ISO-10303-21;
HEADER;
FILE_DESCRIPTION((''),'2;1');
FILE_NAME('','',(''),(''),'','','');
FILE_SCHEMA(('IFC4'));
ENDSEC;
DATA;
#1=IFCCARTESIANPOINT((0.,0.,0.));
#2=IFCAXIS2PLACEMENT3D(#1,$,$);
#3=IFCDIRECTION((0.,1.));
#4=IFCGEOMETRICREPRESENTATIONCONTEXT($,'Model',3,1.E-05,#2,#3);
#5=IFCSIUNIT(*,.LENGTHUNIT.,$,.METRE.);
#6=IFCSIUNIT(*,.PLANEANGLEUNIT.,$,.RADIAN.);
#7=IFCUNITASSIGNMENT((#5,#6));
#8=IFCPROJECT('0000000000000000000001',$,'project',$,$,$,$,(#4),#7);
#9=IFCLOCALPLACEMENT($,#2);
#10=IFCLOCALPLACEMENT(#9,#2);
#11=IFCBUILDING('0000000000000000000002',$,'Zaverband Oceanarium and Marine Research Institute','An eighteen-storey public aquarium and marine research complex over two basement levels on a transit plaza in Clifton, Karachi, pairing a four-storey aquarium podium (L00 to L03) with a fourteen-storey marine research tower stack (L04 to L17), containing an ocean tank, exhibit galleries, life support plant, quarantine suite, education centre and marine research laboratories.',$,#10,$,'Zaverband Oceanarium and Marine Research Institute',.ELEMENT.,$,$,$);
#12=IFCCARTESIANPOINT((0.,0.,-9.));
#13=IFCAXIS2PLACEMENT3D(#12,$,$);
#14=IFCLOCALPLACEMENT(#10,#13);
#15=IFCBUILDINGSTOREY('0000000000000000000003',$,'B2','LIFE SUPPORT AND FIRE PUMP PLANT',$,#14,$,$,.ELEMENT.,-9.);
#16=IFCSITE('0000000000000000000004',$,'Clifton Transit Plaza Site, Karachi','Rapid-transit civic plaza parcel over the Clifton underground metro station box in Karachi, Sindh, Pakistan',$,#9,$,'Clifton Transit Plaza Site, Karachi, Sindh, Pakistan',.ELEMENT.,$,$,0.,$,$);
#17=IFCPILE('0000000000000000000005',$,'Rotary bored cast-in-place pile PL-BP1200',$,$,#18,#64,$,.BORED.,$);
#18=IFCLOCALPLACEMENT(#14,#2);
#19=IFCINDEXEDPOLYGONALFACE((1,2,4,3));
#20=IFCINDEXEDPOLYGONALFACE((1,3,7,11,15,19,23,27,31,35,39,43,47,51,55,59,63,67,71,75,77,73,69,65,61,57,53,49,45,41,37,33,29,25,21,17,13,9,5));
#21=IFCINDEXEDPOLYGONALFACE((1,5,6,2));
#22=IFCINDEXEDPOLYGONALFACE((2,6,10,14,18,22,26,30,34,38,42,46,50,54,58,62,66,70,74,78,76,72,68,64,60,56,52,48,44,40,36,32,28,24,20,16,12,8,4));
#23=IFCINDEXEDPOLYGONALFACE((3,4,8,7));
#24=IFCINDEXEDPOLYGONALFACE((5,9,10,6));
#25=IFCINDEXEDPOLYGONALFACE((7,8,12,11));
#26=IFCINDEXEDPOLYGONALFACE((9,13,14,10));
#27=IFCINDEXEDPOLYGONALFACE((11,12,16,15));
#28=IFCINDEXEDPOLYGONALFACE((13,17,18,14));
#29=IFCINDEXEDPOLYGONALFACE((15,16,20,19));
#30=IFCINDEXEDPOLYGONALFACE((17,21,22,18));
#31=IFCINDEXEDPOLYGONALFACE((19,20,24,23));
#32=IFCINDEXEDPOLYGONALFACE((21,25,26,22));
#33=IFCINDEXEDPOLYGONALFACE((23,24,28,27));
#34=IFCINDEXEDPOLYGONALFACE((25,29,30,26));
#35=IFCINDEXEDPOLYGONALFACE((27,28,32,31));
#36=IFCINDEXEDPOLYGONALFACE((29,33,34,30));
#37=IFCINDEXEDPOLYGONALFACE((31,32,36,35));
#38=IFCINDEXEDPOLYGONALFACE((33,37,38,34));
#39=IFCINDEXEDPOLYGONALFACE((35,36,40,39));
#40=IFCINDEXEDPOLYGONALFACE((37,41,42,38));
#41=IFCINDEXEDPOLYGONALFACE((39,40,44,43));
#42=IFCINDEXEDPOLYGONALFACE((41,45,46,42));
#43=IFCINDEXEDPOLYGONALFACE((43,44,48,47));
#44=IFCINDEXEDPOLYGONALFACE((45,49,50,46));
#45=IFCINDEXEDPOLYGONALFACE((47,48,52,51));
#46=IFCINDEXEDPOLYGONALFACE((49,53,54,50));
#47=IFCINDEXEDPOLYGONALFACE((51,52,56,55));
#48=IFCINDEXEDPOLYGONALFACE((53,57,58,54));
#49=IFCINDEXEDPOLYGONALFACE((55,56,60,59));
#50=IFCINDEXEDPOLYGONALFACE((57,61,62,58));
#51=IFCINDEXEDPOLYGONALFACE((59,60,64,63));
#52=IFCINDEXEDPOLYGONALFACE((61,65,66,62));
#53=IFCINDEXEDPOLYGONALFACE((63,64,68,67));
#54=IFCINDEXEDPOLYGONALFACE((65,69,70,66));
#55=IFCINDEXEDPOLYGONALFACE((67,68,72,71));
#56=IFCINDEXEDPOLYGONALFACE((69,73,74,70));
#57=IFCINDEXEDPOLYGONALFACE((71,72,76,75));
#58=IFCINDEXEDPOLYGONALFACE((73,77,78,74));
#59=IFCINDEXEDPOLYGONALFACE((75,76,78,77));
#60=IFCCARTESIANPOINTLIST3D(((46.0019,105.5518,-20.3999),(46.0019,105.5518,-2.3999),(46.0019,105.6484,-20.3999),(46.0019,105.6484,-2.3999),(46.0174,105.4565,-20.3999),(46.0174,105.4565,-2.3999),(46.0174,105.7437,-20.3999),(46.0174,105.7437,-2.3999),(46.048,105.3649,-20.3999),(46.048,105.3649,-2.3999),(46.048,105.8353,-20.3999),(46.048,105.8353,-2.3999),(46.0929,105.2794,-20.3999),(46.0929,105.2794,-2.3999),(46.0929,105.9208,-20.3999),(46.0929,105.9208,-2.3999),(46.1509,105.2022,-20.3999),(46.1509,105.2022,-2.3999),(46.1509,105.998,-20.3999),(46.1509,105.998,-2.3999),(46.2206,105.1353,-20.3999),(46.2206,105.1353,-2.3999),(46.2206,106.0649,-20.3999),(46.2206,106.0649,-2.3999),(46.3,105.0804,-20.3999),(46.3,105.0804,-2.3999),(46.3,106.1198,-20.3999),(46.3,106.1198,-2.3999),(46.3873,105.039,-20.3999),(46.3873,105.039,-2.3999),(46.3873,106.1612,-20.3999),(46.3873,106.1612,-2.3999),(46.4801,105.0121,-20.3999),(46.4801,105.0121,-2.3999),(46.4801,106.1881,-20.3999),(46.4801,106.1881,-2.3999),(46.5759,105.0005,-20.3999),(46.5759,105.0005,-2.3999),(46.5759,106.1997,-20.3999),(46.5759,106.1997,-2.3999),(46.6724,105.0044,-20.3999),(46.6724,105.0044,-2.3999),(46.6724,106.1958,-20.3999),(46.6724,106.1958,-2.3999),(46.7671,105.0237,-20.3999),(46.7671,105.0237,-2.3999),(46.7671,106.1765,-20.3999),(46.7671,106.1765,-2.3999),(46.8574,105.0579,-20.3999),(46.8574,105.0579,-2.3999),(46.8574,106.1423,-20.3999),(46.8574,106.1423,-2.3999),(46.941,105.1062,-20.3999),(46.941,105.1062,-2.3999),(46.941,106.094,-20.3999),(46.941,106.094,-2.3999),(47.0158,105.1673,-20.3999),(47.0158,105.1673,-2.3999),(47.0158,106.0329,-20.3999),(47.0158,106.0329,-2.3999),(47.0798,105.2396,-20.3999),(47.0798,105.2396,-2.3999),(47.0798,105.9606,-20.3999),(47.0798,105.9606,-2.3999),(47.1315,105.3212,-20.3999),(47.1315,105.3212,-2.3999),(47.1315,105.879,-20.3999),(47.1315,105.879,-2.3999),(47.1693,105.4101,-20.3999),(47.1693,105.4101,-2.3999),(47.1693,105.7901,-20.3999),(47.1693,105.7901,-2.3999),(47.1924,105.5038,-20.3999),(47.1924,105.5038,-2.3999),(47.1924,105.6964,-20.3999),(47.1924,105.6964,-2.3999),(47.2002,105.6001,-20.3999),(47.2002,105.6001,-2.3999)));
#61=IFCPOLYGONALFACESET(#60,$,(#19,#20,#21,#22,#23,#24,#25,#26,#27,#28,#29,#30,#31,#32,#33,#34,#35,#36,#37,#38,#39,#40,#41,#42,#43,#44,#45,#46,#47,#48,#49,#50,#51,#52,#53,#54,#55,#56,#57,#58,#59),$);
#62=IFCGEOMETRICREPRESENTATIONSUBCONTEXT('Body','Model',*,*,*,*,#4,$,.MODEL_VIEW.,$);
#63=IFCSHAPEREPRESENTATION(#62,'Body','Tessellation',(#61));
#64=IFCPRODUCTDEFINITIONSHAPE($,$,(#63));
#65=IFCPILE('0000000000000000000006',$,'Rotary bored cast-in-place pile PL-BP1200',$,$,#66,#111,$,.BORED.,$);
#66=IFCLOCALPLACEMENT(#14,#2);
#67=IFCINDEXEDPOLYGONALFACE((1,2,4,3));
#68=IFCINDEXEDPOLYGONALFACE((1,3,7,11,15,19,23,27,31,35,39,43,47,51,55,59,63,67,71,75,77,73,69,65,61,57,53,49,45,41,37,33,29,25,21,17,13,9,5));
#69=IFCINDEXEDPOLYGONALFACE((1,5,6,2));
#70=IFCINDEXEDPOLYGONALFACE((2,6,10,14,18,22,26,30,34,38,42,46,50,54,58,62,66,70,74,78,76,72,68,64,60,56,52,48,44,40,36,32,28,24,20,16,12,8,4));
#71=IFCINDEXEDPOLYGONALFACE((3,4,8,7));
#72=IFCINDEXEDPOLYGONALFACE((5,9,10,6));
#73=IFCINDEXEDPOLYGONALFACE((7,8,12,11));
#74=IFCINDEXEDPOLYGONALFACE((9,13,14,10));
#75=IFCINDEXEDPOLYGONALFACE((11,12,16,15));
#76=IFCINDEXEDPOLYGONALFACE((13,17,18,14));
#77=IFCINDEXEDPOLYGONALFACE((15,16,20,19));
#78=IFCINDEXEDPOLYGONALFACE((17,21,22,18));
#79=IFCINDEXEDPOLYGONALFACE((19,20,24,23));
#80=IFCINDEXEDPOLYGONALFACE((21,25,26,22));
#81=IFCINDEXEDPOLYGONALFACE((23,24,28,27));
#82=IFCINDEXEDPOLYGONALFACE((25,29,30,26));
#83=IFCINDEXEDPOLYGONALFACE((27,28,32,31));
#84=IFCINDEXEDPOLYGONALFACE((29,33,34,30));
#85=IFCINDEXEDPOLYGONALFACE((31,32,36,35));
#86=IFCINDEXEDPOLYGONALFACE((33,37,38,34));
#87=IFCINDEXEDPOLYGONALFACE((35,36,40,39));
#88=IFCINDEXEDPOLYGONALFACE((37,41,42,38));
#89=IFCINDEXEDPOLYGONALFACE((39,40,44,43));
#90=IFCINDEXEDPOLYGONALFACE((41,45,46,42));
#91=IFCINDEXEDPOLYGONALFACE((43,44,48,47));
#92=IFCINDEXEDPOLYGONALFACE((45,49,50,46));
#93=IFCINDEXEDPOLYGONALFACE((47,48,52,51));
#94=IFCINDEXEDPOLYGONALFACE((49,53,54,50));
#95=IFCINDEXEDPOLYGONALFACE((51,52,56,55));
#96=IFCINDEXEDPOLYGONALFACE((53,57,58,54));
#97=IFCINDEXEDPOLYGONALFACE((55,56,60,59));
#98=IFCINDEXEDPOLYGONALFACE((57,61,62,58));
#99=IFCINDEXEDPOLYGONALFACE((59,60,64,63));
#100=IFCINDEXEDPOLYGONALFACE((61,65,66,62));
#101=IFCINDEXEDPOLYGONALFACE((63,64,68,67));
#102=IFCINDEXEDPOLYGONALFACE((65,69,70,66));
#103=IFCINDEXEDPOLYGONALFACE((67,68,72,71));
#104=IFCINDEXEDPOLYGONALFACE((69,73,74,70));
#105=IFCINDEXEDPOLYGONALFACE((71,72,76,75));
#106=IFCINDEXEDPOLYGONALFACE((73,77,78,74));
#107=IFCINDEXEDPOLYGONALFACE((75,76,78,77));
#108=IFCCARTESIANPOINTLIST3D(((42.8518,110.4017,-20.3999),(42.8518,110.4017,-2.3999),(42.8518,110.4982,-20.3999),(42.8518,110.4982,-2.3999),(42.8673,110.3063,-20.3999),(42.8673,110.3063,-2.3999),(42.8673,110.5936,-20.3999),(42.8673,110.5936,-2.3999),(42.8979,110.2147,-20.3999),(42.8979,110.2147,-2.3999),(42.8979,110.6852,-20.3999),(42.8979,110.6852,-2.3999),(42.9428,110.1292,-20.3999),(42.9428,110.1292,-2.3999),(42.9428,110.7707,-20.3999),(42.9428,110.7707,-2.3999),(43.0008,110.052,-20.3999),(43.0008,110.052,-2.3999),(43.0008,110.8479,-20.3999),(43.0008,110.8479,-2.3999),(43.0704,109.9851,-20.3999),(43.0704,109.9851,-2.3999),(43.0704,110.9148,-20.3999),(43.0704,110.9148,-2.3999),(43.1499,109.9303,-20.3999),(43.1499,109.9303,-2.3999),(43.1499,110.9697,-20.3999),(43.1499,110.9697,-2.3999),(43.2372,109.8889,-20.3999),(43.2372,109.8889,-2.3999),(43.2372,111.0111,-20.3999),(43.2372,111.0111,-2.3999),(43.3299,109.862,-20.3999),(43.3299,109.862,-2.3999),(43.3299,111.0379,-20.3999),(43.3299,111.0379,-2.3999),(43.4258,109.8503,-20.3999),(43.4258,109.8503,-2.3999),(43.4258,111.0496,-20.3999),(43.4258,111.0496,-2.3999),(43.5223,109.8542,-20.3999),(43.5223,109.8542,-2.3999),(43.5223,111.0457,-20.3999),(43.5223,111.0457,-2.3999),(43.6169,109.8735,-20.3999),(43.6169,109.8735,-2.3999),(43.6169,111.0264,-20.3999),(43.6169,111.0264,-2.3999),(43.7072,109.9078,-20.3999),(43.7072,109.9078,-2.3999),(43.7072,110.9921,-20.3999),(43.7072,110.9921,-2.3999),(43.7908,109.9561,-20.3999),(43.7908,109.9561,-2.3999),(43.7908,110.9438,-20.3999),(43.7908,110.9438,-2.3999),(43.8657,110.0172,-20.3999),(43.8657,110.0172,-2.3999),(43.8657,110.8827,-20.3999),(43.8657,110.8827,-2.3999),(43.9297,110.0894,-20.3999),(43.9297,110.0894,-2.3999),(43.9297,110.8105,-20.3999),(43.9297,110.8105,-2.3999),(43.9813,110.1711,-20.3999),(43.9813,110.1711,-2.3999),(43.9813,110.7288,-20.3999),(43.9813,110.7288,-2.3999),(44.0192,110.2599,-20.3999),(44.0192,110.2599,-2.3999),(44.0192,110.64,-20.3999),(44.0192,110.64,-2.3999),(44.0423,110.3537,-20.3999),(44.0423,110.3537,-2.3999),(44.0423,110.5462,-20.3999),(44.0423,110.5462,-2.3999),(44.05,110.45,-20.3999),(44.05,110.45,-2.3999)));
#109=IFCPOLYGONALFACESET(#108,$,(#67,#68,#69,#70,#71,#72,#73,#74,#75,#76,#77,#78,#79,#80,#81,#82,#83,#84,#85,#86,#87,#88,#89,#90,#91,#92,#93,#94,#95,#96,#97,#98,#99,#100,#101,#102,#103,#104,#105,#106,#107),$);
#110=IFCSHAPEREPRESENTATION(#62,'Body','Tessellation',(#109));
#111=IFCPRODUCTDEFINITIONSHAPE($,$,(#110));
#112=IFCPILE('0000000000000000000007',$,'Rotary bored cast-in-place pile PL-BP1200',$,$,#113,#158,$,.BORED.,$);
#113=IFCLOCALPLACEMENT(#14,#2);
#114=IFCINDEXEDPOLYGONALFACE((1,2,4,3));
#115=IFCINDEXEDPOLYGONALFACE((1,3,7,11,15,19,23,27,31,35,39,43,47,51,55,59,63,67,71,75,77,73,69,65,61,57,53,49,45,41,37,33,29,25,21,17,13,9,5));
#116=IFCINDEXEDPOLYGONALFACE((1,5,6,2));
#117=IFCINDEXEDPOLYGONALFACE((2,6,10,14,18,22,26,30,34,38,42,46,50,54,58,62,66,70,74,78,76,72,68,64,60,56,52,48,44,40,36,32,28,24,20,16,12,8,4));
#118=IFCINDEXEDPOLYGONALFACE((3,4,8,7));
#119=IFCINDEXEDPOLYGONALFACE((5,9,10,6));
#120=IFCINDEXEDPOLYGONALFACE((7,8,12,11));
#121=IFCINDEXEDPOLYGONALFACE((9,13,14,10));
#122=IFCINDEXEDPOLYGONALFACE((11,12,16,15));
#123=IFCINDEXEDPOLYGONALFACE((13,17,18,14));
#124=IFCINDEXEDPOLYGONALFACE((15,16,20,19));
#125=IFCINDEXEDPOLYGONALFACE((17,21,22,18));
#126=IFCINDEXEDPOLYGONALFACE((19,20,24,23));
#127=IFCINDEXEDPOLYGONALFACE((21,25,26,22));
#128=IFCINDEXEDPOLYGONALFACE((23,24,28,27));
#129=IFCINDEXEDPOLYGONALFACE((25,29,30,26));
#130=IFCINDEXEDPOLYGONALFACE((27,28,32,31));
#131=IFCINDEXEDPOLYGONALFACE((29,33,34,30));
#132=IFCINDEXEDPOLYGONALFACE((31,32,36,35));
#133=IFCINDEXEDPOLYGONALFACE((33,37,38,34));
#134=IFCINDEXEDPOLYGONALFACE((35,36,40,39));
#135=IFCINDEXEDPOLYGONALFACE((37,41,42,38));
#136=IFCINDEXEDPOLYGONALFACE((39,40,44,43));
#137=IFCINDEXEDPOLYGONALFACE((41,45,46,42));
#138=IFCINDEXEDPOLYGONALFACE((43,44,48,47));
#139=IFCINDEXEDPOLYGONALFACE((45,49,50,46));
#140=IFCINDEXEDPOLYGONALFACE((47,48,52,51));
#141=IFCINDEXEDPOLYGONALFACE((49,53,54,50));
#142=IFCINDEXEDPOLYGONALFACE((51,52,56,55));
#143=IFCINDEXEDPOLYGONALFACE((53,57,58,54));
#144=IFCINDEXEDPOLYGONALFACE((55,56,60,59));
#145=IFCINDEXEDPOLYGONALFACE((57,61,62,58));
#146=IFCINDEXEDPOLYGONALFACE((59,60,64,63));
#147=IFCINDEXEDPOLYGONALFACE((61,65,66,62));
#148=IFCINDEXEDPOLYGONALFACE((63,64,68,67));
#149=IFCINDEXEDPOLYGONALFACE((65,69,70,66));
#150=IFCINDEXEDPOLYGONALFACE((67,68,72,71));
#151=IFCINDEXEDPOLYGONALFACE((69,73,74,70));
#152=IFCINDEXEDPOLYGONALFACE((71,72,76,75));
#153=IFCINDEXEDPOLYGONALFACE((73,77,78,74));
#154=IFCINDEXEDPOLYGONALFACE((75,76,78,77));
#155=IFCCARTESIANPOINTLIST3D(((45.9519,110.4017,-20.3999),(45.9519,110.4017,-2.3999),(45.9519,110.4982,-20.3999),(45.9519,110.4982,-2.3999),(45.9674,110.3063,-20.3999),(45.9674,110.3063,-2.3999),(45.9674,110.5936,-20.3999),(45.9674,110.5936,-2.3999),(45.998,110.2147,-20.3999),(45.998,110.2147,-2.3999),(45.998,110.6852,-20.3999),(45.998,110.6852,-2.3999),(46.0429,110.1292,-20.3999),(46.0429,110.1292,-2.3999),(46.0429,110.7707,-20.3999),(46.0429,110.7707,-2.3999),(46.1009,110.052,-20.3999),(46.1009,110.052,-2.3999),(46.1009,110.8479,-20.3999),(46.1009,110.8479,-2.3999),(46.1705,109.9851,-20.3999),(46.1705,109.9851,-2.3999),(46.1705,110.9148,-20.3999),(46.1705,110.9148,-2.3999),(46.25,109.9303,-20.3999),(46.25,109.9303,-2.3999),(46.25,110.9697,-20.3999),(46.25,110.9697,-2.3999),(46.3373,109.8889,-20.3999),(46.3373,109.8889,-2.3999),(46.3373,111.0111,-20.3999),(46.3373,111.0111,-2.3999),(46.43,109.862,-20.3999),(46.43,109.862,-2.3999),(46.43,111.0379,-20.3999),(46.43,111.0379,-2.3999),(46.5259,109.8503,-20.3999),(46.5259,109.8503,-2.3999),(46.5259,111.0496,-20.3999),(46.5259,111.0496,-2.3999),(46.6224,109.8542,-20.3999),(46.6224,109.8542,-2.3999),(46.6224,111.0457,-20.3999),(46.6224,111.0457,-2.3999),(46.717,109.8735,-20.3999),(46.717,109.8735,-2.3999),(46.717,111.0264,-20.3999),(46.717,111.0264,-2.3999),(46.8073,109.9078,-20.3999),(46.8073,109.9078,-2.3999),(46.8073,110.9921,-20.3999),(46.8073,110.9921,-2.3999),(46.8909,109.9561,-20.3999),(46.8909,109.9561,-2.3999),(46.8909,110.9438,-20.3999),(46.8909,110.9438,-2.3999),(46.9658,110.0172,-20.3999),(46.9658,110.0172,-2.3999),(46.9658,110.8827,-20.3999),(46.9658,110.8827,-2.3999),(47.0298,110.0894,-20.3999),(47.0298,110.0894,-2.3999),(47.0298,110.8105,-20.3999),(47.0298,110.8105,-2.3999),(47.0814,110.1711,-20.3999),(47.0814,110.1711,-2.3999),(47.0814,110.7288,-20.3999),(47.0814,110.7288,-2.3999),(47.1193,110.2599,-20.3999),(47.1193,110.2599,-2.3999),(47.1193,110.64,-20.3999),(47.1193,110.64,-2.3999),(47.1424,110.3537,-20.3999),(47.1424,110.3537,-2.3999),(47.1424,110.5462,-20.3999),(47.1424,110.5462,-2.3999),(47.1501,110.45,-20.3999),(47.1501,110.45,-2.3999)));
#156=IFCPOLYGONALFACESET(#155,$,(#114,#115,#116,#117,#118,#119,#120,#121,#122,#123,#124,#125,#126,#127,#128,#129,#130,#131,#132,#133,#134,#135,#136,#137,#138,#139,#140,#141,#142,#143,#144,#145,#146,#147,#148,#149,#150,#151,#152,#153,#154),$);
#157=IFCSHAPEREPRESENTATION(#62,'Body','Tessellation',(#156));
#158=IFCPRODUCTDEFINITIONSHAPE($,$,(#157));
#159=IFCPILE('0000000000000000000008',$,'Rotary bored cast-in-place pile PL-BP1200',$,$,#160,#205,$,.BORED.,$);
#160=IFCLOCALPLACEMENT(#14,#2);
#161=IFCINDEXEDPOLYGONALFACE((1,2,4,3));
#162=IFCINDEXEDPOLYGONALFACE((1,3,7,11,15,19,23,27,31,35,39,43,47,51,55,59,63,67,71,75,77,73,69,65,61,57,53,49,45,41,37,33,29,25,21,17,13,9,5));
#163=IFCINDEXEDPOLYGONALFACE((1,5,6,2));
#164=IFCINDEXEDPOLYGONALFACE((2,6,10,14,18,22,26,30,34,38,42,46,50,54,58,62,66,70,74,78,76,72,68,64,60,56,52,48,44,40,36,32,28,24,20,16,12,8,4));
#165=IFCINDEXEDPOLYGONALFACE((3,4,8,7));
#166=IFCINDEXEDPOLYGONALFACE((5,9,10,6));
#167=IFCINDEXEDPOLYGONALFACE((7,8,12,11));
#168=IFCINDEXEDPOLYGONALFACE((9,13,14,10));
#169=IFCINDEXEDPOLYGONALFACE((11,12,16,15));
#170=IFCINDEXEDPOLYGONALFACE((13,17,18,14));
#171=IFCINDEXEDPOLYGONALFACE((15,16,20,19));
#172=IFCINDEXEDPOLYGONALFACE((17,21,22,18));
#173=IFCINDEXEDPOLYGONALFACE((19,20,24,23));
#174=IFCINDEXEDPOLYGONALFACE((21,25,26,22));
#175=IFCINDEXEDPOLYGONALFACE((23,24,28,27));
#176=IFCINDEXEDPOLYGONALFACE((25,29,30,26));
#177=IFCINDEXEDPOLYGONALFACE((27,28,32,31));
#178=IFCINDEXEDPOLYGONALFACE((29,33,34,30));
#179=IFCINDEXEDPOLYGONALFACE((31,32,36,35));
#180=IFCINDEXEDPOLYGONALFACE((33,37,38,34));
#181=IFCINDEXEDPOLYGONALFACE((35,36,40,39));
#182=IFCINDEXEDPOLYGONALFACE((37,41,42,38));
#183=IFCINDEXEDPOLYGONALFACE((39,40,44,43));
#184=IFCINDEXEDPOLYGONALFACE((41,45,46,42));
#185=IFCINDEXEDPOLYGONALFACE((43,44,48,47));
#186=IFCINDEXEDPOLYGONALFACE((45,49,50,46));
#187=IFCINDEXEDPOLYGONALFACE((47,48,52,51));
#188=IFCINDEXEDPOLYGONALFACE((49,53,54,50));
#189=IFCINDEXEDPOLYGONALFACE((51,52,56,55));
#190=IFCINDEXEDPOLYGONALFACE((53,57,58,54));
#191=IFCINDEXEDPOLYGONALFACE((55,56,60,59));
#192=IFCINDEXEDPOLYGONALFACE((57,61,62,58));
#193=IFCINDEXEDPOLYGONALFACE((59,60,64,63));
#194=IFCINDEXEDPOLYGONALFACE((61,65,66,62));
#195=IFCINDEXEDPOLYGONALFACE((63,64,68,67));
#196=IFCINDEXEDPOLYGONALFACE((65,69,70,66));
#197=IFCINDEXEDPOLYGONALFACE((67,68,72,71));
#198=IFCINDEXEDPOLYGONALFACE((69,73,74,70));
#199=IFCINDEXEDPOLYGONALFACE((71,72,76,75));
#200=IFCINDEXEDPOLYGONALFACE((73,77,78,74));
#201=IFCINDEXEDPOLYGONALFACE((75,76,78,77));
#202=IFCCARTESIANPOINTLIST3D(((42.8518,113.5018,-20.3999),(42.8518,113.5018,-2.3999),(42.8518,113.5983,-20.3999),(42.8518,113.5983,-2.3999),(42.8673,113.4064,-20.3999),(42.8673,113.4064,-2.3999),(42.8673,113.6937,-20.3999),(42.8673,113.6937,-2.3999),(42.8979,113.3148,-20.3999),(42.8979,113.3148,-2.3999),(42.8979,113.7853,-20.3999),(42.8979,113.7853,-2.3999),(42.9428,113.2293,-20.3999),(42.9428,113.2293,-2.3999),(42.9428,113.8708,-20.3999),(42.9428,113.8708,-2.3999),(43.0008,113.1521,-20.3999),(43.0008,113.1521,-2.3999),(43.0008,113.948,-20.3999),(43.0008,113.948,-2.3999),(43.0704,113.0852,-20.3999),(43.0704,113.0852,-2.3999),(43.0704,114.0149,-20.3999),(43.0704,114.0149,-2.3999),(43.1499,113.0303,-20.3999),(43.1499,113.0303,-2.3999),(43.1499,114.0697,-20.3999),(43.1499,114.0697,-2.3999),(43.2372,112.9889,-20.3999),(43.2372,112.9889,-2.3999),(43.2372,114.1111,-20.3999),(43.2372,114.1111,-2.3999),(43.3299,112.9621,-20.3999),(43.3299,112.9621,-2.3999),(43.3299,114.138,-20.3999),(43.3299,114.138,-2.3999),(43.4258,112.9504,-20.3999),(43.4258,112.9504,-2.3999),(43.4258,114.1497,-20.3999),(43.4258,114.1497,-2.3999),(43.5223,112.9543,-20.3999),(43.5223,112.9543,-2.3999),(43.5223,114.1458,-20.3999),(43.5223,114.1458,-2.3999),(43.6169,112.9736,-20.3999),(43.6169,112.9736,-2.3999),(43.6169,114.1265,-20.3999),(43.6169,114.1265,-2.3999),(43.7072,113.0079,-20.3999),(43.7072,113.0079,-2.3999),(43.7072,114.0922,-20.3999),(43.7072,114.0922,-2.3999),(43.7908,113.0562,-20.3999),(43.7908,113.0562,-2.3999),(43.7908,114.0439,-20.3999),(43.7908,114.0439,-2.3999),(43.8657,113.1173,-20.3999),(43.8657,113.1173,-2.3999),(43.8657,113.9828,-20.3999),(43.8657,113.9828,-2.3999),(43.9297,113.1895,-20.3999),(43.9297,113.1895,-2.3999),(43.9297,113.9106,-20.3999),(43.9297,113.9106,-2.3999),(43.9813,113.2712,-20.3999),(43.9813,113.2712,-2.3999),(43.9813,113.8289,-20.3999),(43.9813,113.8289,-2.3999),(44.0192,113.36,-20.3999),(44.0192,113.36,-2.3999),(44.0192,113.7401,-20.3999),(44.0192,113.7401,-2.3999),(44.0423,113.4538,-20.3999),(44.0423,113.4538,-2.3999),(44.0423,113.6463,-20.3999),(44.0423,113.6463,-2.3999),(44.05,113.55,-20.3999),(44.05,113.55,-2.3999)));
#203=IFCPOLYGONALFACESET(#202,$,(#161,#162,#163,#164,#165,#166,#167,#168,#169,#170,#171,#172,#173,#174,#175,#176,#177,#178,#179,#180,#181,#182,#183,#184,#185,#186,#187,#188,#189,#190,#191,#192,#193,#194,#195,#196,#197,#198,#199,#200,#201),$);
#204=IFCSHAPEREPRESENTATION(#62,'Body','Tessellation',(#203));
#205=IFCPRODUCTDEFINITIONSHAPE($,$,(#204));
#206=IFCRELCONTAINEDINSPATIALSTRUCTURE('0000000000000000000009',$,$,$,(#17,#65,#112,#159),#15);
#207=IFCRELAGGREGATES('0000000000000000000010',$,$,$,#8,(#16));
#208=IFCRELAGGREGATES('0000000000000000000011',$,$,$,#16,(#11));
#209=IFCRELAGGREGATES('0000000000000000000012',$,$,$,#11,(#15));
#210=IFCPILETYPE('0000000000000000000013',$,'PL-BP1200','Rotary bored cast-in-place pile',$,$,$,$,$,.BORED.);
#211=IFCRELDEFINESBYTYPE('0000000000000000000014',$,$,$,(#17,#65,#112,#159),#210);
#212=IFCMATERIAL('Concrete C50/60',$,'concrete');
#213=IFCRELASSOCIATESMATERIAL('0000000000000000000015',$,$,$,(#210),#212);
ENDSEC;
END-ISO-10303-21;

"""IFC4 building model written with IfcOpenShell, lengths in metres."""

from ifc_helpers import new_model, si_unit, direction, frame, origin, origin_2d, place, context, subcontext, project, spatial, circle, extrude, material, material_profile, profile_set, type_object, element, save


model = new_model("IFC4")

# Units and contexts
model_context = context("Model", 3, precision=1e-05, world=origin(), true_north=direction((0.0, 1.0)))
body_context = subcontext(model_context, "Body", "Model", "MODEL_VIEW")
ifc_project = project(units=[si_unit("LENGTHUNIT", "METRE"), si_unit("PLANEANGLEUNIT", "RADIAN")], contexts=[model_context])

# Site, building, storey
site_placement = place(None, origin())
site = spatial("IfcSite", under=ifc_project, at=site_placement, Name="Clifton Transit Plaza Site, Karachi", Description="Rapid-transit civic plaza parcel over the Clifton underground metro station box in Karachi, Sindh, Pakistan", LongName="Clifton Transit Plaza Site, Karachi, Sindh, Pakistan", CompositionType="ELEMENT", RefElevation=0.0)
building_placement = place(site_placement, origin())
building = spatial("IfcBuilding", under=site, at=building_placement, Name="Zaverband Oceanarium and Marine Research Institute", Description="An eighteen-storey public aquarium and marine research complex over two basement levels on a transit plaza in Clifton, Karachi, pairing a four-storey aquarium podium (L00 to L03) with a fourteen-storey marine research tower stack (L04 to L17), containing an ocean tank, exhibit galleries, life support plant, quarantine suite, education centre and marine research laboratories.", LongName="Zaverband Oceanarium and Marine Research Institute", CompositionType="ELEMENT")
storey_placement = place(building_placement, frame((0.0, 0.0, -9.0)))
storey = spatial("IfcBuildingStorey", under=building, at=storey_placement, Name="B2", Description="LIFE SUPPORT AND FIRE PUMP PLANT", CompositionType="ELEMENT", Elevation=-9.0)

# Shared definitions
ifc_material_1 = material(Name="Concrete C50/60", Category="concrete")

# Piles
ifc_material_profile_1 = material_profile(ifc_material_1, circle(Radius=0.6001, at=origin_2d()), Name="BP1200")
ifc_profile_set_1 = profile_set([ifc_material_profile_1], Name="Concrete C50/60")
pile_type = type_object("IfcPileType", Name="PL-BP1200", Description="Rotary bored cast-in-place pile", PredefinedType="BORED", material=ifc_profile_set_1)
for number, where, z_axis, x_axis, name in (
    (1, (46.6001, 105.6001, -2.3999), (0.0, 0.0, -1.0), (1.0, 0.0, 0.0), "Rotary bored cast-in-place pile PL-BP1200"),
    (2, (43.45, 110.45, -2.3999), (0.0, 0.0, -1.0), (1.0, 0.0, 0.0), "Rotary bored cast-in-place pile PL-BP1200"),
    (3, (46.55, 110.45, -2.3999), (0.0, 0.0, -1.0), (1.0, 0.0, 0.0), "Rotary bored cast-in-place pile PL-BP1200"),
    (4, (43.45, 113.55, -2.3999), (0.0, 0.0, -1.0), (1.0, 0.0, 0.0), "Rotary bored cast-in-place pile PL-BP1200"),
):
    element("IfcPile", number, at=place(storey_placement, frame(where, z_axis=z_axis, x_axis=x_axis)), inside=storey, type_object=pile_type, Name=name, PredefinedType="BORED", context=body_context, shape_type="SweptSolid", body=[
        extrude(circle(Radius=0.6001, at=origin_2d()), origin(), (0.0, 0.0, 1.0), 18.0),
    ])

save(model, "model.ifc")
